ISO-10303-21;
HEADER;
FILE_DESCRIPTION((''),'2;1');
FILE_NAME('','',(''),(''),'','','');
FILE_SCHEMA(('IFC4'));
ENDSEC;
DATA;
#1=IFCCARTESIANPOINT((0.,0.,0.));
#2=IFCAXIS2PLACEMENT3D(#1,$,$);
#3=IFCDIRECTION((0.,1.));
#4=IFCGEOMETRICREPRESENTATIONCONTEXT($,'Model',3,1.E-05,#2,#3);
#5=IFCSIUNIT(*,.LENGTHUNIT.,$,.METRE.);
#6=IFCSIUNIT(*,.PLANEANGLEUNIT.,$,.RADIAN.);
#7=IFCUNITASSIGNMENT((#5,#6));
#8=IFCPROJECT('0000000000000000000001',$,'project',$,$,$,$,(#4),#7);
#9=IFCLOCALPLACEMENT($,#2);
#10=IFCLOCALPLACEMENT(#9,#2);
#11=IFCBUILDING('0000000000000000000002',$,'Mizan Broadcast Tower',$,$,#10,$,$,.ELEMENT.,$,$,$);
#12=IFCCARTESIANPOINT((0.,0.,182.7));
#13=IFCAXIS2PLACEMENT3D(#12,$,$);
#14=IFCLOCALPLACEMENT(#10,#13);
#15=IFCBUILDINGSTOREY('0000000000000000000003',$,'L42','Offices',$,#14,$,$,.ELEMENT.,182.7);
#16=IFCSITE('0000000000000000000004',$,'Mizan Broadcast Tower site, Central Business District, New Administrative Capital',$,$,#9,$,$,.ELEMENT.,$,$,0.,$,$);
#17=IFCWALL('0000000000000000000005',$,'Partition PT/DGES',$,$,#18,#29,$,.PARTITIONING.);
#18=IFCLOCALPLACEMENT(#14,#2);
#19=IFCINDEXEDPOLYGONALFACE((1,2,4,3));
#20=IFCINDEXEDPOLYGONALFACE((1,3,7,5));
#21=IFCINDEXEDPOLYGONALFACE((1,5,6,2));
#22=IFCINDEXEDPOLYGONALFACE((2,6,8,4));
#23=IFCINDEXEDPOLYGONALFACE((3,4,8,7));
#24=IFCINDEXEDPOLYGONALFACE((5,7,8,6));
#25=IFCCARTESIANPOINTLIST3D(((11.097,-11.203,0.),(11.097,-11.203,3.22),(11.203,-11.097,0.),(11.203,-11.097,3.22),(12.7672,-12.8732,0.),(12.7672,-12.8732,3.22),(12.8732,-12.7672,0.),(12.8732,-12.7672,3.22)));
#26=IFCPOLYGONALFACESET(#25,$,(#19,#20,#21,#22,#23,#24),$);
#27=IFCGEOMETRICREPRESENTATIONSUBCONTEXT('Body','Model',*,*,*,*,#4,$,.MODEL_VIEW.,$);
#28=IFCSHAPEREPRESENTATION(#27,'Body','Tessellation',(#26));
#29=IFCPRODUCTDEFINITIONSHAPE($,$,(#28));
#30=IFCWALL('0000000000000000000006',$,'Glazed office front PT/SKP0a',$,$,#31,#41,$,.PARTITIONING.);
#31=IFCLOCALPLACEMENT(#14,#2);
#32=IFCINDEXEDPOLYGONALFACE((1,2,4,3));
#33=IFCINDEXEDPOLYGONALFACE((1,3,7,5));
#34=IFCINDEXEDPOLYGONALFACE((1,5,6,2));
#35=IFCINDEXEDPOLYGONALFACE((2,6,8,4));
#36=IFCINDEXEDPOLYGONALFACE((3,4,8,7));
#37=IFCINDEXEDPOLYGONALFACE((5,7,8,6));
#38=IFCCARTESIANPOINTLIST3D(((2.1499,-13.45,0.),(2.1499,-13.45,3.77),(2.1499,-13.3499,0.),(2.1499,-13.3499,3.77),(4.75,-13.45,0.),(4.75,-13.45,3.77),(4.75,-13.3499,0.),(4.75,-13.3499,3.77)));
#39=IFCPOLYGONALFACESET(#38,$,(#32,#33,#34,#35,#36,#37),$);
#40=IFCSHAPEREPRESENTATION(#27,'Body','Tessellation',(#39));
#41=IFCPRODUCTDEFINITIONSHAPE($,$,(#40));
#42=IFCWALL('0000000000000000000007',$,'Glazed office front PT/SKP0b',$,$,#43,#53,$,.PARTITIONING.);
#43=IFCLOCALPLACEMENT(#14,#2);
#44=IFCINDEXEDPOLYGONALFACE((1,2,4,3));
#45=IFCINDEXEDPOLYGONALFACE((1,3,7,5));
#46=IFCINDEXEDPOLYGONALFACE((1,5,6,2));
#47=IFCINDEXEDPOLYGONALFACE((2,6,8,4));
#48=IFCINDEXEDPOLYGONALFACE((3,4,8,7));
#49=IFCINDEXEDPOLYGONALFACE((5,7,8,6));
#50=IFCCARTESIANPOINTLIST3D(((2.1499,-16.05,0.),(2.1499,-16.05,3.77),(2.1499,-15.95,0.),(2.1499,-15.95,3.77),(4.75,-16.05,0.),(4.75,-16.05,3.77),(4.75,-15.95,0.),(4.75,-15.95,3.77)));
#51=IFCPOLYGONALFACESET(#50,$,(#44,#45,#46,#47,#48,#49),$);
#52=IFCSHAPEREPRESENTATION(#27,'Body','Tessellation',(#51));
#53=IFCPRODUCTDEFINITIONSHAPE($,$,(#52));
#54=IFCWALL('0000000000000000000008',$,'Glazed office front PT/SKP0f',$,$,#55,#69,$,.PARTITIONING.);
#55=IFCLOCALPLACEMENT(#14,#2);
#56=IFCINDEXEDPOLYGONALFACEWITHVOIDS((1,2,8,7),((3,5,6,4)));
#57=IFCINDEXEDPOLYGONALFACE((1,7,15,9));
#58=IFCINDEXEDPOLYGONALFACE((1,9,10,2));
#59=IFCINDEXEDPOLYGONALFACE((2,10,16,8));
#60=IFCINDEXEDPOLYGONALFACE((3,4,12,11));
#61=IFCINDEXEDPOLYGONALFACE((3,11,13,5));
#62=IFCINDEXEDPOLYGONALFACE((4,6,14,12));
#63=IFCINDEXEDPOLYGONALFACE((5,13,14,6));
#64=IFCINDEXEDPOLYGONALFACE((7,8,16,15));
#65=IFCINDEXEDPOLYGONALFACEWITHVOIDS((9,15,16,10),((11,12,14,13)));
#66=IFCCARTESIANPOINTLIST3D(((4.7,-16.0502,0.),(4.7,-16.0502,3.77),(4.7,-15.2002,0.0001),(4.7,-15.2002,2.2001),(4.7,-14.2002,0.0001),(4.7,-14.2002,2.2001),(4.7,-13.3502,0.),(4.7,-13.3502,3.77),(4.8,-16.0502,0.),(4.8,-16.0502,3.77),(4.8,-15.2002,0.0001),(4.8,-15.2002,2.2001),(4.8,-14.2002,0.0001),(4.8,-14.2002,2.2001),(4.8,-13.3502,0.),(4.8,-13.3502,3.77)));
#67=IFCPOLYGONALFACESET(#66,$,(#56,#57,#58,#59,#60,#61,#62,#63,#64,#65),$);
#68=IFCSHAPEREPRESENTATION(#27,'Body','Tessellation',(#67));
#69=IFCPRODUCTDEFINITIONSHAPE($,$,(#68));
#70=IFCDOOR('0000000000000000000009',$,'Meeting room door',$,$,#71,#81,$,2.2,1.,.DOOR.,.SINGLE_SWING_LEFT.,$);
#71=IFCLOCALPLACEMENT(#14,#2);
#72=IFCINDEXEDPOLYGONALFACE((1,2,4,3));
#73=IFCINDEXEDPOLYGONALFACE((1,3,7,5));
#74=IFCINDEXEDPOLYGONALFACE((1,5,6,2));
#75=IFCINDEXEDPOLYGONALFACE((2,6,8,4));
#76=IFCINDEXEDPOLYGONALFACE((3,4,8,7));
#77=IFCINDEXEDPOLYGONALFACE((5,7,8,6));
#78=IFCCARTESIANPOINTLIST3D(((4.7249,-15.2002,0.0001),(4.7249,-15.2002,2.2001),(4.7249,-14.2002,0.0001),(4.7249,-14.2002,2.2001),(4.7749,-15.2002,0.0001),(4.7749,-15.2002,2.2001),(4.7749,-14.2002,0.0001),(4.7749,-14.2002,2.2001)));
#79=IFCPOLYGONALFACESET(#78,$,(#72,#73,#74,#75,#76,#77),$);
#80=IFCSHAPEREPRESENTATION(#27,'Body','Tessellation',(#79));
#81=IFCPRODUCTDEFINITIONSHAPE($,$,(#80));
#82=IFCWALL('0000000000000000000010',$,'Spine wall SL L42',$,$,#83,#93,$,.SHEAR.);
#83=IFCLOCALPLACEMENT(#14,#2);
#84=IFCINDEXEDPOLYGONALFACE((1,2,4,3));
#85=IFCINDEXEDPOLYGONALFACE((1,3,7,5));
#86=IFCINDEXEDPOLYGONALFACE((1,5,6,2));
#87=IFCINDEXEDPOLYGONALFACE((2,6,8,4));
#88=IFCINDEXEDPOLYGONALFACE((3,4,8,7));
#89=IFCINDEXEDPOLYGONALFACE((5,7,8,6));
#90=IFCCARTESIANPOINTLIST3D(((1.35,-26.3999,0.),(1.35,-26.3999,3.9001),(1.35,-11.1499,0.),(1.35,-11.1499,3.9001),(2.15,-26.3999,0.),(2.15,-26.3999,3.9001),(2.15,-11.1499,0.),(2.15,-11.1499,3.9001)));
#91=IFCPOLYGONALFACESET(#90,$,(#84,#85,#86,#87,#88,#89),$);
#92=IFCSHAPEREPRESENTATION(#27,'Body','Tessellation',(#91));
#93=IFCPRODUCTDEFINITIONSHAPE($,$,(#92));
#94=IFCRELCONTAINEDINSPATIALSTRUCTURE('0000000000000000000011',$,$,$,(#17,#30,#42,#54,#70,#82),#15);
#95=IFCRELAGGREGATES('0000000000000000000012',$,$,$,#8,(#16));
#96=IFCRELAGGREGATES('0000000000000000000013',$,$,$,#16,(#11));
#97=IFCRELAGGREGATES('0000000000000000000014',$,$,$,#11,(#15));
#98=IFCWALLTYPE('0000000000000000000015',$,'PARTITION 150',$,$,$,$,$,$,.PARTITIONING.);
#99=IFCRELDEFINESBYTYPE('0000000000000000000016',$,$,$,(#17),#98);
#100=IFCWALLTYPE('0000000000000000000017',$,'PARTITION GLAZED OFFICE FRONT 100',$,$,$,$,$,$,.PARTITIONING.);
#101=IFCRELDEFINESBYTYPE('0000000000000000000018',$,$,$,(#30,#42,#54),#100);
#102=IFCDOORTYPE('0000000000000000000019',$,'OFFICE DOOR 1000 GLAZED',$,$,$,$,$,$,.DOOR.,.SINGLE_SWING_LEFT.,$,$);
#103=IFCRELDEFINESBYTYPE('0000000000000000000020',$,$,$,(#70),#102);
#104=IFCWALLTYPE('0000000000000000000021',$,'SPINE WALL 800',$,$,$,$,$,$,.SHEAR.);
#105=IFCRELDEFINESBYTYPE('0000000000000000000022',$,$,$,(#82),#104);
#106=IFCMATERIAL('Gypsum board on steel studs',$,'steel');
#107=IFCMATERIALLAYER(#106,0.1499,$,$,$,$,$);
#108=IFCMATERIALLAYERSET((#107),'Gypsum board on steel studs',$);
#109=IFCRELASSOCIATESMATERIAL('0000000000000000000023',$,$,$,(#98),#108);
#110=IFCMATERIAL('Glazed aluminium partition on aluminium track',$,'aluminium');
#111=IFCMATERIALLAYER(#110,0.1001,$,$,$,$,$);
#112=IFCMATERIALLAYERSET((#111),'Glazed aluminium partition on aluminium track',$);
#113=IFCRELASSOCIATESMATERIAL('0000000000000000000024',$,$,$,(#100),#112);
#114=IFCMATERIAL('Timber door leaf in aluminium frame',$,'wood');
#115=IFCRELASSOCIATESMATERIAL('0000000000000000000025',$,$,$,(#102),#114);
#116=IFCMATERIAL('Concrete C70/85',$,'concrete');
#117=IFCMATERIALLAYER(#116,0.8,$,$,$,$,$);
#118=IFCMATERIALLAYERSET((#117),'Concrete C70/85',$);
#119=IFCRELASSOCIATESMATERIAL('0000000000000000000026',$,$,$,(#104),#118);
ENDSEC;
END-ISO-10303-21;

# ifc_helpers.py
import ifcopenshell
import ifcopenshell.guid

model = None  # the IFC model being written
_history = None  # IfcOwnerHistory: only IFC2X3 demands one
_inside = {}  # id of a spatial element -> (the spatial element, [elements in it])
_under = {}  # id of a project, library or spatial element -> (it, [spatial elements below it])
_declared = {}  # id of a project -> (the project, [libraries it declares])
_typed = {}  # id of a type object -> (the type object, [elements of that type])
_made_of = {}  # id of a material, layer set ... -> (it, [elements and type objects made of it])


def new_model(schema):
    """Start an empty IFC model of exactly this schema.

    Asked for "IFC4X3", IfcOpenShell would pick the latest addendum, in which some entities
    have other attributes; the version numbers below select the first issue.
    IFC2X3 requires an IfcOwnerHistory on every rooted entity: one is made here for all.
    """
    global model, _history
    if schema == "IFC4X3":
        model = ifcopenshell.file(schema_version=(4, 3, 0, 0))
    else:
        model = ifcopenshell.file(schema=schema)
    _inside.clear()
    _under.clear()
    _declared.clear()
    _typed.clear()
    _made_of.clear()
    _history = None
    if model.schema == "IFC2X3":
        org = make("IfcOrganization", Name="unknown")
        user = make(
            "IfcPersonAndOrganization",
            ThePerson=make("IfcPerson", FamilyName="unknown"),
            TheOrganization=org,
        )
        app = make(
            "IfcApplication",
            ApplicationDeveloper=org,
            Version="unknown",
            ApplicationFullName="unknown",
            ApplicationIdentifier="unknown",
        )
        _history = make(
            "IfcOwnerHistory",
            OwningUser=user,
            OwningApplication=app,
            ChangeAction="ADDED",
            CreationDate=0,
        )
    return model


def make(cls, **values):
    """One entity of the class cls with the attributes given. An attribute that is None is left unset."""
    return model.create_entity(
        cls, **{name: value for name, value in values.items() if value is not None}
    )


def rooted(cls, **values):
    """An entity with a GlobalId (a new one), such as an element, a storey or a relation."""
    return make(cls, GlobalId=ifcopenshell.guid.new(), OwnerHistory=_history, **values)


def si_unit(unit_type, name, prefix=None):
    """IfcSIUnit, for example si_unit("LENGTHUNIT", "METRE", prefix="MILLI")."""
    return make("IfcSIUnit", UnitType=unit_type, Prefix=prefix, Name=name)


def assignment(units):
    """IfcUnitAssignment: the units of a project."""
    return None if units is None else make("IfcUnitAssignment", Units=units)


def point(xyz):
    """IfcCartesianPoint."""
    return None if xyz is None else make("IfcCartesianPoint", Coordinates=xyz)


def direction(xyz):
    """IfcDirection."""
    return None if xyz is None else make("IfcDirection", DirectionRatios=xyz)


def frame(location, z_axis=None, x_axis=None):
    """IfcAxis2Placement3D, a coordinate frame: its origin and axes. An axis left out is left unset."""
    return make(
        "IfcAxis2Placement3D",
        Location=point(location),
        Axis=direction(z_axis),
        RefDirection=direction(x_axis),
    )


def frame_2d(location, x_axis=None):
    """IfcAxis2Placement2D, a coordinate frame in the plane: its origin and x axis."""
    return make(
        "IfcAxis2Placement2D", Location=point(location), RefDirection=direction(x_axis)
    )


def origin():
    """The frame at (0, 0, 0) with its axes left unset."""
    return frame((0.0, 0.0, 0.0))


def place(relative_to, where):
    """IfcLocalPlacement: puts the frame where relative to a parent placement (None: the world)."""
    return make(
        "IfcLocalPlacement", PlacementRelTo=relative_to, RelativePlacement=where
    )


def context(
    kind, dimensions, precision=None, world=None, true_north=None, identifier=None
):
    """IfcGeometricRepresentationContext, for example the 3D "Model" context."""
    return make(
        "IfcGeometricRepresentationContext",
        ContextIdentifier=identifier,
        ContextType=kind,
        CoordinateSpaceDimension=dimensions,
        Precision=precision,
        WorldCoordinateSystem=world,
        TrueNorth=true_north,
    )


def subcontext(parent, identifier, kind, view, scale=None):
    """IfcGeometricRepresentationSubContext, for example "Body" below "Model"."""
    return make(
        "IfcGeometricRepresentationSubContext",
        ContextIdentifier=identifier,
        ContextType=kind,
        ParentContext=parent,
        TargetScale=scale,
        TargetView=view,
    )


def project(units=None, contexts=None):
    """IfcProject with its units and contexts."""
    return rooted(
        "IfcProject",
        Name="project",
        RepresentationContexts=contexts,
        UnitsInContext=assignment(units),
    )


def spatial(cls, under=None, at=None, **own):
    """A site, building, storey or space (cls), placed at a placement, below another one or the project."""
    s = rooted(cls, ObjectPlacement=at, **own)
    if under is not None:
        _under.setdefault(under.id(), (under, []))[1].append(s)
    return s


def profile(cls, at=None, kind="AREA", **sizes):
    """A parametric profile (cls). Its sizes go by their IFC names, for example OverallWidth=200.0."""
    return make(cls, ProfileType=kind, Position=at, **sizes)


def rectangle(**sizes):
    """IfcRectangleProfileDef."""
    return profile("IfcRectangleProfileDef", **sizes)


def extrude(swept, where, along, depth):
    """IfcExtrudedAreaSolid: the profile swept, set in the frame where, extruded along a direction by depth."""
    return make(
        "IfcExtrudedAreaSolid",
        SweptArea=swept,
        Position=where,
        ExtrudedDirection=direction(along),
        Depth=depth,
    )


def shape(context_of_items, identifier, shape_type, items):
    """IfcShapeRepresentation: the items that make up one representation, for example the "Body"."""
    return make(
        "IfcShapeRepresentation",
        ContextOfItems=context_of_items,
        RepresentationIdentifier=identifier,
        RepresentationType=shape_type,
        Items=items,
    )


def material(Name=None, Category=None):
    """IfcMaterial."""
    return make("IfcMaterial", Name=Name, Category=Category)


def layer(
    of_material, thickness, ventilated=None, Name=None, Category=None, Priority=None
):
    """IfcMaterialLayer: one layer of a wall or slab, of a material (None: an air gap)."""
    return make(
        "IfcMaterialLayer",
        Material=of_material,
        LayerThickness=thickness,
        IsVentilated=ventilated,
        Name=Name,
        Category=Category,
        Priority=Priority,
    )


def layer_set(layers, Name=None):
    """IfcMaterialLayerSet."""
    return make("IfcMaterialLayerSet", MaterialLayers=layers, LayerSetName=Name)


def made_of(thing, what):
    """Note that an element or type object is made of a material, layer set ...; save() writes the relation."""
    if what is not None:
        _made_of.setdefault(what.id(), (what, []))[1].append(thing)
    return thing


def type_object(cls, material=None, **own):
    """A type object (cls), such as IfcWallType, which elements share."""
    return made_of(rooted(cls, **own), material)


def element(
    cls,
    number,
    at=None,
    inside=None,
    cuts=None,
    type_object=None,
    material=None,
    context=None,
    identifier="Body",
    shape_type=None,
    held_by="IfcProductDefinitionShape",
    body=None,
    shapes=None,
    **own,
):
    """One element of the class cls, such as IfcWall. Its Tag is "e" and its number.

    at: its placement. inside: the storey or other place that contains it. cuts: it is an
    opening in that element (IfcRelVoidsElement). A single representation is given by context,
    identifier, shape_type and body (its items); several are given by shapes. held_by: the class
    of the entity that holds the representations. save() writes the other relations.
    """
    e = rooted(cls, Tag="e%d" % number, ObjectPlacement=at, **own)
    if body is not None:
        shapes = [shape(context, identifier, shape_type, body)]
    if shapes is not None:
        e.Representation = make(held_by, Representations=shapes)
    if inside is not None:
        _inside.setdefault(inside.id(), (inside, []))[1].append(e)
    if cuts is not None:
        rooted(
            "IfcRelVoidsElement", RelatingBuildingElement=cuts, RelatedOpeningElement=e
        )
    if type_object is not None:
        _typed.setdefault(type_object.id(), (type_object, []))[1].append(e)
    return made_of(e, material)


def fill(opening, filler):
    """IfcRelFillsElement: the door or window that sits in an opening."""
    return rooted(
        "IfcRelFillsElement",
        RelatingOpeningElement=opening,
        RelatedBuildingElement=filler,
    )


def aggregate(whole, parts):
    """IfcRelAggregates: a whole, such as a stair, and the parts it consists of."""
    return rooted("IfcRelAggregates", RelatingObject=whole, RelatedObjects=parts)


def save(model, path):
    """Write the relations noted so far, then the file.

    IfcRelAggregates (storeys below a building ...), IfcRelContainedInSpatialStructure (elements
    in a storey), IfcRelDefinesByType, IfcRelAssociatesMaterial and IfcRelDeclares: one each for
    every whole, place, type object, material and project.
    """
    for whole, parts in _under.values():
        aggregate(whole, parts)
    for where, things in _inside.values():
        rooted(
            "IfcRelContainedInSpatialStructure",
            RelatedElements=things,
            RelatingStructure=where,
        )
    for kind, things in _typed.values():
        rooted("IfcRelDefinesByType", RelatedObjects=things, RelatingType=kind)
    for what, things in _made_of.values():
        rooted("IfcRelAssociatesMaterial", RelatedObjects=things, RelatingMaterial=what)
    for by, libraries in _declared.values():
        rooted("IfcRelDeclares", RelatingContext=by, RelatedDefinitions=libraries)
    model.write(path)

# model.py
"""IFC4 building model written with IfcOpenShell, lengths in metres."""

from ifc_helpers import new_model, si_unit, direction, frame, frame_2d, origin, place, context, subcontext, project, spatial, rectangle, extrude, material, layer, layer_set, type_object, element, fill, save


model = new_model("IFC4")

# Units and contexts
model_context = context("Model", 3, precision=1e-05, world=origin(), true_north=direction((0.0, 1.0)))
body_context = subcontext(model_context, "Body", "Model", "MODEL_VIEW")
ifc_project = project(units=[si_unit("LENGTHUNIT", "METRE"), si_unit("PLANEANGLEUNIT", "RADIAN")], contexts=[model_context])

# Site, building, storey
site_placement = place(None, origin())
site = spatial("IfcSite", under=ifc_project, at=site_placement, Name="Mizan Broadcast Tower site, Central Business District, New Administrative Capital", CompositionType="ELEMENT", RefElevation=0.0)
building_placement = place(site_placement, origin())
building = spatial("IfcBuilding", under=site, at=building_placement, Name="Mizan Broadcast Tower", CompositionType="ELEMENT")
storey_placement = place(building_placement, frame((0.0, 0.0, 182.7)))
storey = spatial("IfcBuildingStorey", under=building, at=storey_placement, Name="L42", Description="Offices", CompositionType="ELEMENT", Elevation=182.7)

# Walls
ifc_material_1 = material(Name="Gypsum board on steel studs", Category="steel")
ifc_layer_1 = layer(ifc_material_1, 0.1499)
ifc_layer_set_1 = layer_set([ifc_layer_1], Name="Gypsum board on steel studs")
wall_type_1 = type_object("IfcWallType", Name="PARTITION 150", PredefinedType="PARTITIONING", material=ifc_layer_set_1)
wall_1_placement = place(storey_placement, frame((11.1499, -11.1499, 0.0), z_axis=(0.0, 0.0, 1.0), x_axis=(0.707107, -0.707107, 0.0)))
element("IfcWall", 1, at=wall_1_placement, inside=storey, type_object=wall_type_1, Name="Partition PT/DGES", PredefinedType="PARTITIONING", context=body_context, shape_type="SweptSolid", body=[
    extrude(rectangle(XDim=2.3621, YDim=0.1499, at=frame_2d((1.1812, 0.0))), origin(), (0.0, 0.0, 1.0), 3.22),
])
ifc_material_2 = material(Name="Glazed aluminium partition on aluminium track", Category="aluminium")
ifc_layer_2 = layer(ifc_material_2, 0.1001)
ifc_layer_set_2 = layer_set([ifc_layer_2], Name="Glazed aluminium partition on aluminium track")
wall_type_2 = type_object("IfcWallType", Name="PARTITION GLAZED OFFICE FRONT 100", PredefinedType="PARTITIONING", material=ifc_layer_set_2)
for number, where, z_axis, x_axis, name in (
    (2, (2.1499, -13.3999, 0.0), (0.0, 0.0, 1.0), (1.0, 0.0, 0.0), "Glazed office front PT/SKP0a"),
    (3, (2.1499, -16.0, 0.0), (0.0, 0.0, 1.0), (1.0, 0.0, 0.0), "Glazed office front PT/SKP0b"),
):
    element("IfcWall", number, at=place(storey_placement, frame(where, z_axis=z_axis, x_axis=x_axis)), inside=storey, type_object=wall_type_2, Name=name, PredefinedType="PARTITIONING", context=body_context, shape_type="SweptSolid", body=[
        extrude(rectangle(XDim=2.6001, YDim=0.1001, at=frame_2d((1.3, 0.0))), origin(), (0.0, 0.0, 1.0), 3.77),
    ])

# Wall, opening, door
wall_2_placement = place(storey_placement, frame((4.75, -13.3501, 0.0), z_axis=(0.0, 0.0, 1.0), x_axis=(0.0, -1.0, 0.0)))
wall_2 = element("IfcWall", 4, at=wall_2_placement, inside=storey, type_object=wall_type_2, Name="Glazed office front PT/SKP0f", PredefinedType="PARTITIONING", context=body_context, shape_type="SweptSolid", body=[
    extrude(rectangle(XDim=2.7, YDim=0.1001, at=frame_2d((1.3501, 0.0))), origin(), (0.0, 0.0, 1.0), 3.77),
])
opening_1_placement = place(wall_2_placement, frame((0.8501, 0.0, 0.0)))
opening_1 = element("IfcOpeningElement", 5, at=opening_1_placement, cuts=wall_2, PredefinedType="OPENING", context=body_context, shape_type="SweptSolid", body=[
    extrude(rectangle(XDim=1.0, YDim=2.2, at=frame_2d((0.5, 1.1001))), frame((0.0, 0.0601, 0.0), z_axis=(0.0, -1.0, 0.0), x_axis=(1.0, 0.0, 0.0)), (0.0, 0.0, 1.0), 0.1201),
])
ifc_material_3 = material(Name="Timber door leaf in aluminium frame", Category="wood")
door_type_1 = type_object("IfcDoorType", Name="OFFICE DOOR 1000 GLAZED", OperationType="SINGLE_SWING_LEFT", PredefinedType="DOOR", material=ifc_material_3)
door_1_placement = place(opening_1_placement, origin())
door_1 = element("IfcDoor", 6, at=door_1_placement, inside=storey, type_object=door_type_1, Name="Meeting room door", OperationType="SINGLE_SWING_LEFT", OverallHeight=2.2, OverallWidth=1.0, PredefinedType="DOOR", context=body_context, shape_type="SweptSolid", body=[
    extrude(rectangle(XDim=1.0, YDim=2.2, at=frame_2d((0.5, 1.1001))), frame((0.0, 0.0249, 0.0), z_axis=(0.0, -1.0, 0.0), x_axis=(1.0, 0.0, 0.0)), (0.0, 0.0, 1.0), 0.05),
])
fill(opening_1, door_1)

# Wall
ifc_material_4 = material(Name="Concrete C70/85", Category="concrete")
ifc_layer_3 = layer(ifc_material_4, 0.8)
ifc_layer_set_3 = layer_set([ifc_layer_3], Name="Concrete C70/85")
wall_type_3 = type_object("IfcWallType", Name="SPINE WALL 800", PredefinedType="SHEAR", material=ifc_layer_set_3)
wall_3_placement = place(storey_placement, frame((1.75, -11.1499, 0.0), z_axis=(0.0, 0.0, 1.0), x_axis=(0.0, -1.0, 0.0)))
element("IfcWall", 7, at=wall_3_placement, inside=storey, type_object=wall_type_3, Name="Spine wall SL L42", PredefinedType="SHEAR", context=body_context, shape_type="SweptSolid", body=[
    extrude(rectangle(XDim=15.25, YDim=0.8, at=frame_2d((7.625, 0.0))), origin(), (0.0, 0.0, 1.0), 3.9001),
])

save(model, "model.ifc")
